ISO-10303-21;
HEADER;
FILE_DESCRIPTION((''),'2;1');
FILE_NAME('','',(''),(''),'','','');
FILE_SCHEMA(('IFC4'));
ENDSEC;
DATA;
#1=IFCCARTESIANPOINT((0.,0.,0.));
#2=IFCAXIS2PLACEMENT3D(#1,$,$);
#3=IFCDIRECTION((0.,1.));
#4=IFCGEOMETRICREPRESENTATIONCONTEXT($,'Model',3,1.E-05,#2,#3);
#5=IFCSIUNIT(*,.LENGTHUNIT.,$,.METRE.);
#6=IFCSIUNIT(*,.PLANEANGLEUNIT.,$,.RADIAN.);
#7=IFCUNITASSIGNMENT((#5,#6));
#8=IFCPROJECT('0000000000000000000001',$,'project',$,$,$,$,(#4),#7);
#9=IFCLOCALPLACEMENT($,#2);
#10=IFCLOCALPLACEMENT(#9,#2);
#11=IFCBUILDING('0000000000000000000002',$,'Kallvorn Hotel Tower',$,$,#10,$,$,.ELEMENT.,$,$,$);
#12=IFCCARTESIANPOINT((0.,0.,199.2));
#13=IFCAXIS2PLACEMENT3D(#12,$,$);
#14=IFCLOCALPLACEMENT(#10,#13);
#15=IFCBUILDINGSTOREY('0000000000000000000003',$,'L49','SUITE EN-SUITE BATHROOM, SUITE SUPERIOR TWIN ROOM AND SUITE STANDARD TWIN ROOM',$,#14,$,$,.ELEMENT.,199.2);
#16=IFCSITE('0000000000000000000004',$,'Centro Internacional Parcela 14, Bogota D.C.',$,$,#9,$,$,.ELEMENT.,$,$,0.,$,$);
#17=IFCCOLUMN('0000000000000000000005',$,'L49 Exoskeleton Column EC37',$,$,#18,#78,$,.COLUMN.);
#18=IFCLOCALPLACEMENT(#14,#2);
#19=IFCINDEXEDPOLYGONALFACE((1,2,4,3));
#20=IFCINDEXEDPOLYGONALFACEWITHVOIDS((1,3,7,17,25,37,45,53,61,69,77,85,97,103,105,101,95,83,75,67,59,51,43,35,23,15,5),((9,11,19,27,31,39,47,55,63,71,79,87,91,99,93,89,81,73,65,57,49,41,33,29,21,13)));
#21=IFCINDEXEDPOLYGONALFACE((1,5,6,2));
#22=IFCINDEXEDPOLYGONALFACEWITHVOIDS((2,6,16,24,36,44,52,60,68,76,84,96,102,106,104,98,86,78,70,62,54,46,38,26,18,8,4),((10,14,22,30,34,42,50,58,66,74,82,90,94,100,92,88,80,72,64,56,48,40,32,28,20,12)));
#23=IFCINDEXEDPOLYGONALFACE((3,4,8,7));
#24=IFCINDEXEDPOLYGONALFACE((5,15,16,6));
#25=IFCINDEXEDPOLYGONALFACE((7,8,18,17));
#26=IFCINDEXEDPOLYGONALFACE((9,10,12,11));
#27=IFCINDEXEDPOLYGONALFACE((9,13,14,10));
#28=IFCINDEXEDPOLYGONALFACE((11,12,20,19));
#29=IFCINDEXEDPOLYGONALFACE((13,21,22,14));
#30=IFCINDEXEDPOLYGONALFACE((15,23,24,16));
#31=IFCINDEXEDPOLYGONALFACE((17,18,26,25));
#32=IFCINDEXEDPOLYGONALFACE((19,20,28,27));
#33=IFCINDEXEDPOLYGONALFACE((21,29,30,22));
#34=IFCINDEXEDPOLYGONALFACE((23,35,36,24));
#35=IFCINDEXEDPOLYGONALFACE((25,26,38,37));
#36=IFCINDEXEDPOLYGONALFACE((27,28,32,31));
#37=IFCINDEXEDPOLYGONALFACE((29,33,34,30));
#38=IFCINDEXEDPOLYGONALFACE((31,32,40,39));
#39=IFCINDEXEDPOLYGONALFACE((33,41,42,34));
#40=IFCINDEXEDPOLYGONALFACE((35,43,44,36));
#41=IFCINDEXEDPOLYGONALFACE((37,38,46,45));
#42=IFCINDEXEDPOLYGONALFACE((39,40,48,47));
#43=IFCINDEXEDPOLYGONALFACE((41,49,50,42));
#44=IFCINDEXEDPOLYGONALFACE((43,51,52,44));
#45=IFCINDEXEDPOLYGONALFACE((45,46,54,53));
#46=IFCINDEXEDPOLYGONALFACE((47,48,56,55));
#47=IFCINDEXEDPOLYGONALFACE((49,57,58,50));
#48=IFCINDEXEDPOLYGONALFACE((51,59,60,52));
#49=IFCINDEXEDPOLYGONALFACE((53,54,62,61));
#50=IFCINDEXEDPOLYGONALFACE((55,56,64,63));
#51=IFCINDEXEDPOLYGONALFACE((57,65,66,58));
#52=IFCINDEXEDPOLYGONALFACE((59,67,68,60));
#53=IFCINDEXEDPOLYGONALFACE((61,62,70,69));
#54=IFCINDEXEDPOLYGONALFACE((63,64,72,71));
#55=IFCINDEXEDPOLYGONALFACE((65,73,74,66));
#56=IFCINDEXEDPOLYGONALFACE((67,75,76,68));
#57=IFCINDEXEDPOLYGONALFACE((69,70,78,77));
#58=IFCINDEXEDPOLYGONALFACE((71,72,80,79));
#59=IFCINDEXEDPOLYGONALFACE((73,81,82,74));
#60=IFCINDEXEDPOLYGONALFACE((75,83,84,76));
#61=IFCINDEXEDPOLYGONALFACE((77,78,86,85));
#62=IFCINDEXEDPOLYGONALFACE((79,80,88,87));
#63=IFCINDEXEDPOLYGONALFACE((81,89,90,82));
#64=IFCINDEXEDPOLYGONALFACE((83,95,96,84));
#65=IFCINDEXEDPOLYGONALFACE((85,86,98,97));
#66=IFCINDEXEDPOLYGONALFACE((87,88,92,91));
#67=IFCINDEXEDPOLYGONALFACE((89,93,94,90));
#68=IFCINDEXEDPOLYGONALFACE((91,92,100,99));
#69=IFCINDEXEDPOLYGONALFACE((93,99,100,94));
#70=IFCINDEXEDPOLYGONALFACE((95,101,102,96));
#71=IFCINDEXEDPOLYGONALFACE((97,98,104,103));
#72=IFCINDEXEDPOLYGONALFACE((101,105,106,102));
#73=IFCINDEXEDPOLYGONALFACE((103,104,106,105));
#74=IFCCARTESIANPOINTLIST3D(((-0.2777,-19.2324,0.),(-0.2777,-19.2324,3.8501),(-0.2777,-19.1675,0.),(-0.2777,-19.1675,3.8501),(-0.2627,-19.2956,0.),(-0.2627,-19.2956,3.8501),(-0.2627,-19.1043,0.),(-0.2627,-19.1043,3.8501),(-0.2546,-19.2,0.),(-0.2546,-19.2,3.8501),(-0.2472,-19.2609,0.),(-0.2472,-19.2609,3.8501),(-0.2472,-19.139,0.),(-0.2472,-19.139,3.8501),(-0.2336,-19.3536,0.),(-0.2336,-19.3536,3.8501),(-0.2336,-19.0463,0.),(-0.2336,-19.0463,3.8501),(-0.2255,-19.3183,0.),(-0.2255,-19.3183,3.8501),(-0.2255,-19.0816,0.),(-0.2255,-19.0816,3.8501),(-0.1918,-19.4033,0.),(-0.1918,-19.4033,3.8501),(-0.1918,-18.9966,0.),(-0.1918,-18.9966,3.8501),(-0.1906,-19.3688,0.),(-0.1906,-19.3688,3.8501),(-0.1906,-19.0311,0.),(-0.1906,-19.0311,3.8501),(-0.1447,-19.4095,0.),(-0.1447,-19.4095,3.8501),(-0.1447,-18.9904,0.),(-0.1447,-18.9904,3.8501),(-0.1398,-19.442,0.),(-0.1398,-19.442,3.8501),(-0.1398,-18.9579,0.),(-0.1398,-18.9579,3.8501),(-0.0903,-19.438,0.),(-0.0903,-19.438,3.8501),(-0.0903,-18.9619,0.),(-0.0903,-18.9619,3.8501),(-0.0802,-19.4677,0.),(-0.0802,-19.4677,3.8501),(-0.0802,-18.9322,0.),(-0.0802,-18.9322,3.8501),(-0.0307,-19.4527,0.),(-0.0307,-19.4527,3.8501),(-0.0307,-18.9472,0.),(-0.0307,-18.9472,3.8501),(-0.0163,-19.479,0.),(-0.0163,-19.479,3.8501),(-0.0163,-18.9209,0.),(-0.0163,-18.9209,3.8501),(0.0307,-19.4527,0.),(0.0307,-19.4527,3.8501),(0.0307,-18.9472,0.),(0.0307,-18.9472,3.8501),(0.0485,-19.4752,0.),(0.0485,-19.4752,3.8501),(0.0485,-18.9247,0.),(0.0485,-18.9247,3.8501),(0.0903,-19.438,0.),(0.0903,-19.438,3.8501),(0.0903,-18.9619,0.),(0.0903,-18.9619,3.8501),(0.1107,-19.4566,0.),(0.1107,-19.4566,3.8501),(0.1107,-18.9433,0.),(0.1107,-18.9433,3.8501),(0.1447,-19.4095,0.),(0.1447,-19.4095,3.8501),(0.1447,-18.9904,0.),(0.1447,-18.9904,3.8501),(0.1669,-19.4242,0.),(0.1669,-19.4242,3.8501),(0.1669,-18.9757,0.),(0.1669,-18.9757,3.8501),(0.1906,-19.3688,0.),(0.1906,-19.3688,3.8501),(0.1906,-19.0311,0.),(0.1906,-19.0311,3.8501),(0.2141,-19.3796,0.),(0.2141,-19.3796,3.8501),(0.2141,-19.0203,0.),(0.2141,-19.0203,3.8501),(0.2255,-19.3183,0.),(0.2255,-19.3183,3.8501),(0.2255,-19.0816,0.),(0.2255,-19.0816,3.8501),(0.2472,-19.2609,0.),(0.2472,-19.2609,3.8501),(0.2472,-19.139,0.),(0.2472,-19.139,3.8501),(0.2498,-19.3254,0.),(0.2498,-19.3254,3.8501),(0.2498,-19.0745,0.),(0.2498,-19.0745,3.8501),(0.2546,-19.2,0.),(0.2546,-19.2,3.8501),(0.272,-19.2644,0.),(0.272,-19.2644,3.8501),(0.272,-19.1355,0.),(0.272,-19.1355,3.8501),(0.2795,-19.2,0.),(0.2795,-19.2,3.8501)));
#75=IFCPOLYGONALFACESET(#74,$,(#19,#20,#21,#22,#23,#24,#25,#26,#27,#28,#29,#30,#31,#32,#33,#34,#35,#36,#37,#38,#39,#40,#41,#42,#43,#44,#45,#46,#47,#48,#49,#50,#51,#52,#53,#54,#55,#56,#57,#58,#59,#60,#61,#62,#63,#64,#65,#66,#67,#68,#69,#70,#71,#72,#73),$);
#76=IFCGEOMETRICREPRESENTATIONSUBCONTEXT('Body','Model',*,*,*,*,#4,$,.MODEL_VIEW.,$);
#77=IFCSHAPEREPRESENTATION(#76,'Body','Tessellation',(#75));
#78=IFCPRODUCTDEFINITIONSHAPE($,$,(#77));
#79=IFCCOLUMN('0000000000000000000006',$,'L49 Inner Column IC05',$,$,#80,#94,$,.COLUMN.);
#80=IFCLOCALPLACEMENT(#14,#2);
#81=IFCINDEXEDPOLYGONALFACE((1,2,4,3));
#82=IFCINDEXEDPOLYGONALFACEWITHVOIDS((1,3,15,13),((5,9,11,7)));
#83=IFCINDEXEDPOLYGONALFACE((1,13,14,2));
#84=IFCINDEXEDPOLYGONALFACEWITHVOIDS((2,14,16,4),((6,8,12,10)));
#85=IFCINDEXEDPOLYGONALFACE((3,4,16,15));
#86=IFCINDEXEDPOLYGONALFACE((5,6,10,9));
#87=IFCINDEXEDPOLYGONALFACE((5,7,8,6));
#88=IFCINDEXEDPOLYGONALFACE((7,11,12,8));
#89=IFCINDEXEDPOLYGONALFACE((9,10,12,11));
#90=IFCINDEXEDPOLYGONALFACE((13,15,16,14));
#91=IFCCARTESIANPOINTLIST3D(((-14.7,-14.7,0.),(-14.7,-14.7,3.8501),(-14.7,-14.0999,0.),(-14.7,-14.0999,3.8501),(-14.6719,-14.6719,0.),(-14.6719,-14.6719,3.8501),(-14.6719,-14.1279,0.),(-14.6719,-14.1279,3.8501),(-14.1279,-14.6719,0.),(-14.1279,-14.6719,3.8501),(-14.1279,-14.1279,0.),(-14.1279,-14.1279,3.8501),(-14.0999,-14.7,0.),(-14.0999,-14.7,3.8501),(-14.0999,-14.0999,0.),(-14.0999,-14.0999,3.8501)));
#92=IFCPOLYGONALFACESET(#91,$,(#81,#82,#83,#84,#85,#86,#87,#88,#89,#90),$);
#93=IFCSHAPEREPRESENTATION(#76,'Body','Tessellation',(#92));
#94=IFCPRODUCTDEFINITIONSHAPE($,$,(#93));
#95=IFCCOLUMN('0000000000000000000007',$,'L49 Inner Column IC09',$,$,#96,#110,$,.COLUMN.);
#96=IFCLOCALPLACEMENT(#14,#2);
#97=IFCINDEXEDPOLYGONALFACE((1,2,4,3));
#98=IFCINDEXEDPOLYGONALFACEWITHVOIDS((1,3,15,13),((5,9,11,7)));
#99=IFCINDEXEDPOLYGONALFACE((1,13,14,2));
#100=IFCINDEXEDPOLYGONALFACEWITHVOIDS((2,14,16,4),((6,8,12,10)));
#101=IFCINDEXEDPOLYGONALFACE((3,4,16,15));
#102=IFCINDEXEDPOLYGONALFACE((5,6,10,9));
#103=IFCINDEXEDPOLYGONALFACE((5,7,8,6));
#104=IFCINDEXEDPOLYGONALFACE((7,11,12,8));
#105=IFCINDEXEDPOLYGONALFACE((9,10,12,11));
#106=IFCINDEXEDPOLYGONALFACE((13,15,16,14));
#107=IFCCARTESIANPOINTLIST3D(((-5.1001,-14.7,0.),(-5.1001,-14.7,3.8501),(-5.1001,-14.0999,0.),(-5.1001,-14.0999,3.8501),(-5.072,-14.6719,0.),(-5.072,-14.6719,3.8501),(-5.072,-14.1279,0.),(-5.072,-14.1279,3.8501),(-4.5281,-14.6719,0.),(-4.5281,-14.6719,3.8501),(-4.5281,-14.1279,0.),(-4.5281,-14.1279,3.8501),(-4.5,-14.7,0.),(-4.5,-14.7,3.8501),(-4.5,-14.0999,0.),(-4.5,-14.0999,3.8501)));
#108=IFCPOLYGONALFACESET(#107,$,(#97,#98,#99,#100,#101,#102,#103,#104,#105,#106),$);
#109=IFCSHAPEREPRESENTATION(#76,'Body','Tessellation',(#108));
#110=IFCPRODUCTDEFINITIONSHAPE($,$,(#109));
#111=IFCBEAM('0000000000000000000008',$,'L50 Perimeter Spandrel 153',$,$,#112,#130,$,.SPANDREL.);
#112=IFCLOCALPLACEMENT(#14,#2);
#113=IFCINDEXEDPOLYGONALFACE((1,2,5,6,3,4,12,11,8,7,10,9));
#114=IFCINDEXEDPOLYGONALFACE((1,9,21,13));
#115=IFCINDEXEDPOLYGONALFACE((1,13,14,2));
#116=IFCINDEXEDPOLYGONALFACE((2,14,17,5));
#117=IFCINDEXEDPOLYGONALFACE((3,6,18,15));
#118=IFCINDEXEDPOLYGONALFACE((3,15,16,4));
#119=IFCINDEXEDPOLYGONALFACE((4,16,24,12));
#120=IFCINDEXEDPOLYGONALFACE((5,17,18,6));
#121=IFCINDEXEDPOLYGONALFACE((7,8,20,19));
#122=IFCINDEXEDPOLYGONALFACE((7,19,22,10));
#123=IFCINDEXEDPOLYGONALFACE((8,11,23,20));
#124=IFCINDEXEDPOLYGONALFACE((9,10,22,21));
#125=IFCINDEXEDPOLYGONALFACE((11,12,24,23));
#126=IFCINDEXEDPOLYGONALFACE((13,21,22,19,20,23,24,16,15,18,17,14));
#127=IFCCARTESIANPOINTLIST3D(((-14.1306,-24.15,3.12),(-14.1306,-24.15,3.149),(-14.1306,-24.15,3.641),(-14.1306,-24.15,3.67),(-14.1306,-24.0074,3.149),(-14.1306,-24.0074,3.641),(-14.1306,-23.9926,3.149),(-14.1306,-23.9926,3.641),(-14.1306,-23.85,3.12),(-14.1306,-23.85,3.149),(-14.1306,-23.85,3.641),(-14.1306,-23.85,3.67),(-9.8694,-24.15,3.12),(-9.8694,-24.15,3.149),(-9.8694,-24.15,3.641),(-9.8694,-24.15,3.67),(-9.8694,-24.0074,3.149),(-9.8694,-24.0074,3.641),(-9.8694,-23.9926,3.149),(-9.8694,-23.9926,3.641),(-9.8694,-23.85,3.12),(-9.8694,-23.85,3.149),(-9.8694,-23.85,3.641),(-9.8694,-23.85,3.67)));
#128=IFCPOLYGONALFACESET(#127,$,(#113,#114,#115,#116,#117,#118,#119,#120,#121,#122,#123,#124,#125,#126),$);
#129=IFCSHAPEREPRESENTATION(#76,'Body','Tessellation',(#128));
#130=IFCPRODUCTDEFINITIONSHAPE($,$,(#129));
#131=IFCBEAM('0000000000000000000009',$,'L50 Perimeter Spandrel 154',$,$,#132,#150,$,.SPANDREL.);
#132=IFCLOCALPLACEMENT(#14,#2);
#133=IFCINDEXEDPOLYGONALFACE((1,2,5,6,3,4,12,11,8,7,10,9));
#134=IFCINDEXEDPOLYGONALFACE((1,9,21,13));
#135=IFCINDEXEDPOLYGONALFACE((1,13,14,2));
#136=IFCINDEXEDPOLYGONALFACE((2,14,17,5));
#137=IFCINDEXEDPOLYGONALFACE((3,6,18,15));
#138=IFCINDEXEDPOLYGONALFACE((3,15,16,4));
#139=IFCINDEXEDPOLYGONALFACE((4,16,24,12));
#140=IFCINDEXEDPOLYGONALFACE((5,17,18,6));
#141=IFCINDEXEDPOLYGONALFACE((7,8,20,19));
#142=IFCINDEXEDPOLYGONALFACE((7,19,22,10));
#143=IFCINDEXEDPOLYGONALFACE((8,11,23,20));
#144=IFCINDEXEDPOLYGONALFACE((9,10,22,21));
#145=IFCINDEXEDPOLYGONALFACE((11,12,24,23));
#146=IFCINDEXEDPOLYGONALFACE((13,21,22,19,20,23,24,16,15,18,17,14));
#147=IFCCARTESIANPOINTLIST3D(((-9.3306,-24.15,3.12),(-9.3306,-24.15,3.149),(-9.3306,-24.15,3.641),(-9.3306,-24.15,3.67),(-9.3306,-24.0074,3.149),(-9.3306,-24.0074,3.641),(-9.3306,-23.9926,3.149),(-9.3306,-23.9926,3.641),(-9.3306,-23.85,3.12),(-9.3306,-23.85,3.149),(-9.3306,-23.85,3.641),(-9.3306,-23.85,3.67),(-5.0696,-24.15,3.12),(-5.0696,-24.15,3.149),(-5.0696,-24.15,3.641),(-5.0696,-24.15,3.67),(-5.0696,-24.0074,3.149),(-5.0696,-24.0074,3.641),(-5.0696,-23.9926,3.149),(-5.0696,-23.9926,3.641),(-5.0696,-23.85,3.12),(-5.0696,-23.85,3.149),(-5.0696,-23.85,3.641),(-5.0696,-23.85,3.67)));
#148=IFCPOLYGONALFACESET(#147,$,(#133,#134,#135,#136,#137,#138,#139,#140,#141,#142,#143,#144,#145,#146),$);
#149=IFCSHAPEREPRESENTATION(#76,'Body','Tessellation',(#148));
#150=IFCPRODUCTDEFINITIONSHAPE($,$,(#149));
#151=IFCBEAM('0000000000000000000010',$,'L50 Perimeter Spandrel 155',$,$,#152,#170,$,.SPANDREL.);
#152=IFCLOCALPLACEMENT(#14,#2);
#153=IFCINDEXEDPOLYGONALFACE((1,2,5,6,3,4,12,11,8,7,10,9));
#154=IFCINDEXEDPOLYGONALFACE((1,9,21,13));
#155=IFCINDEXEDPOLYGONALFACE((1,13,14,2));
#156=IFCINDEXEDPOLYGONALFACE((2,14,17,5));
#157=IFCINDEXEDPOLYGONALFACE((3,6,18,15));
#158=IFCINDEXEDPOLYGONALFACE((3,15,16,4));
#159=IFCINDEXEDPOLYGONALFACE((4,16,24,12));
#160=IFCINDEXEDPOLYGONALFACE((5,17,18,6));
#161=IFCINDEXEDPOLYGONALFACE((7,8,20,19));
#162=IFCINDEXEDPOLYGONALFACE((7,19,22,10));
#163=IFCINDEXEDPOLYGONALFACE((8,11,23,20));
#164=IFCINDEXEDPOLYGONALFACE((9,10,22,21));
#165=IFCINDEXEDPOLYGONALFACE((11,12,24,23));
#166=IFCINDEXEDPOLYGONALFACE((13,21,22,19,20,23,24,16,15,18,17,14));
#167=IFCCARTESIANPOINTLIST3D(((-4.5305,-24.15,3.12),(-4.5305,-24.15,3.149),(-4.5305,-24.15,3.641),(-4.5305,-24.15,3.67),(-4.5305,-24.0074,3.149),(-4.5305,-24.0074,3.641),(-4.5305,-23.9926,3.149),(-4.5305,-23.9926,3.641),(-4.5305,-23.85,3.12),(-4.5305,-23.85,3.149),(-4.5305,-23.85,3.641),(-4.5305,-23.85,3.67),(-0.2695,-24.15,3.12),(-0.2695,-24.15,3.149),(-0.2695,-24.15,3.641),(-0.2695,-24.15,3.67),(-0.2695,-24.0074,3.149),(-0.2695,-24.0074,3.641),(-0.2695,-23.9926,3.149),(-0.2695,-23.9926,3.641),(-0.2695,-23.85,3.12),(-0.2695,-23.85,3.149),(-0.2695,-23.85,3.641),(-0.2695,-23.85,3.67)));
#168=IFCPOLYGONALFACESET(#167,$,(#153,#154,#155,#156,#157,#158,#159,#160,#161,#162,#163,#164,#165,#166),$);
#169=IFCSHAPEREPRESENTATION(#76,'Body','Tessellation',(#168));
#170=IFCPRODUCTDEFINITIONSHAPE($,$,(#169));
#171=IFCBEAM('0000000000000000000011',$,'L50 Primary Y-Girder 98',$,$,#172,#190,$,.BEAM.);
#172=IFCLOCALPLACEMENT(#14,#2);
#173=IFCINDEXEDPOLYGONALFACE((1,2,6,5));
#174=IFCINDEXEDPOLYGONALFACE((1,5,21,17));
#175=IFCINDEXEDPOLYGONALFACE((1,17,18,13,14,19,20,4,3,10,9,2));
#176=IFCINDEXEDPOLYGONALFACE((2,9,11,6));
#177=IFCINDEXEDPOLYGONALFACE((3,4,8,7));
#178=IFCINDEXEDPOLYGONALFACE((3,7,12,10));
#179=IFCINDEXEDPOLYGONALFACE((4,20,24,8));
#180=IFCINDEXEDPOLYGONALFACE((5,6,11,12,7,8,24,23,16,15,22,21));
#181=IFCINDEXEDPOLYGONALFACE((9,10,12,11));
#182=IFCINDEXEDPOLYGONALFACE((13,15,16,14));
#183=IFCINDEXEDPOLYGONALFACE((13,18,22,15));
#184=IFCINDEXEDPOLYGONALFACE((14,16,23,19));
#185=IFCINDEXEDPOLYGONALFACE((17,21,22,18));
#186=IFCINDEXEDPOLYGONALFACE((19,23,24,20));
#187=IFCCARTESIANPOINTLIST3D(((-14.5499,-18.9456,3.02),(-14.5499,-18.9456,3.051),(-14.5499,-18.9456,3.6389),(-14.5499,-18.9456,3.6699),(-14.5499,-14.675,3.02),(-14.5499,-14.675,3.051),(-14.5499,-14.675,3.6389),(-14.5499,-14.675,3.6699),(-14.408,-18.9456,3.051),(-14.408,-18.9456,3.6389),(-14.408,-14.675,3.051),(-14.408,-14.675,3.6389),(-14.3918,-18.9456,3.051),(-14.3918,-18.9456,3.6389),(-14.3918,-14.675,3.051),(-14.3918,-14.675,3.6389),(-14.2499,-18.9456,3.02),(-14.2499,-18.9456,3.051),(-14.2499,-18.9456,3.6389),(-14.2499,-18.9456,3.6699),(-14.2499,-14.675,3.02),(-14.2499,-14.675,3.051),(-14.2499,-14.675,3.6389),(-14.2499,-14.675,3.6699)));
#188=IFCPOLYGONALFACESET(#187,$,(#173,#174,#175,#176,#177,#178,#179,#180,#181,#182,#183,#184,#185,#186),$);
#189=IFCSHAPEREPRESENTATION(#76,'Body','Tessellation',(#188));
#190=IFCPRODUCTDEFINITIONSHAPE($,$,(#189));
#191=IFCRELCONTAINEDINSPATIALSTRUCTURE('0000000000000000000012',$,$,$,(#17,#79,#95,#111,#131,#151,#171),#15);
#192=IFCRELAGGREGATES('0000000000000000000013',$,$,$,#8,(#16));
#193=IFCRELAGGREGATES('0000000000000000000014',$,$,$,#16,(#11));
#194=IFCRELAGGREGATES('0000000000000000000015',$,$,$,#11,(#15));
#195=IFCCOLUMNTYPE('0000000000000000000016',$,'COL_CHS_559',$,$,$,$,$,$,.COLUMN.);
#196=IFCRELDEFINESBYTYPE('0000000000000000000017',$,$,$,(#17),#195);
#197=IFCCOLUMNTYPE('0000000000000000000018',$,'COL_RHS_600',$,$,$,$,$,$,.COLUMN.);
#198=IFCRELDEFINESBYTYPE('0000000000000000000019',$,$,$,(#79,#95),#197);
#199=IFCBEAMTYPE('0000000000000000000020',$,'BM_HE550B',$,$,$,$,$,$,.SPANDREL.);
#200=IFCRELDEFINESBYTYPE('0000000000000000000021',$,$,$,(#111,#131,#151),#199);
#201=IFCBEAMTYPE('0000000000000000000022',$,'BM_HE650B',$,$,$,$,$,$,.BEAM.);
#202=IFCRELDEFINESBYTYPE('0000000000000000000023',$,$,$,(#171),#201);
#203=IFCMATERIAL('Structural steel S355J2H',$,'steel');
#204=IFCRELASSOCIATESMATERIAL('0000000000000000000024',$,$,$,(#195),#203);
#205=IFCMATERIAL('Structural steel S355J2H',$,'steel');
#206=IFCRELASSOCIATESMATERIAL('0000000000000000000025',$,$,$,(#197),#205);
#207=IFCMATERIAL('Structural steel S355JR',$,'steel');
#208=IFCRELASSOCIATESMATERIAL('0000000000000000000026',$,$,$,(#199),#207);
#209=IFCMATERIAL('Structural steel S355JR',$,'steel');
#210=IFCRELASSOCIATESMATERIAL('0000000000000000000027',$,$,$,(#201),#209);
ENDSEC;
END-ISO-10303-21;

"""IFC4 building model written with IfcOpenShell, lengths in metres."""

from ifc_helpers import new_model, si_unit, direction, frame, origin, origin_2d, place, context, subcontext, project, spatial, hollow_rectangle, hollow_circle, i_section, extrude, material, material_profile, profile_set, type_object, element, save


model = new_model("IFC4")

# Units and contexts
model_context = context("Model", 3, precision=1e-05, world=origin(), true_north=direction((0.0, 1.0)))
body_context = subcontext(model_context, "Body", "Model", "MODEL_VIEW")
ifc_project = project(units=[si_unit("LENGTHUNIT", "METRE"), si_unit("PLANEANGLEUNIT", "RADIAN")], contexts=[model_context])

# Site, building, storey
site_placement = place(None, origin())
site = spatial("IfcSite", under=ifc_project, at=site_placement, Name="Centro Internacional Parcela 14, Bogota D.C.", CompositionType="ELEMENT", RefElevation=0.0)
building_placement = place(site_placement, origin())
building = spatial("IfcBuilding", under=site, at=building_placement, Name="Kallvorn Hotel Tower", CompositionType="ELEMENT")
storey_placement = place(building_placement, frame((0.0, 0.0, 199.2)))
storey = spatial("IfcBuildingStorey", under=building, at=storey_placement, Name="L49", Description="SUITE EN-SUITE BATHROOM, SUITE SUPERIOR TWIN ROOM AND SUITE STANDARD TWIN ROOM", CompositionType="ELEMENT", Elevation=199.2)

# Columns
ifc_material_1 = material(Name="Structural steel S355J2H", Category="steel")
ifc_material_profile_1 = material_profile(ifc_material_1, hollow_circle(Radius=0.2795, WallThickness=0.0249, at=origin_2d()), Name="CHS 559x25")
ifc_profile_set_1 = profile_set([ifc_material_profile_1], Name="Structural steel S355J2H")
column_type_1 = type_object("IfcColumnType", Name="COL_CHS_559", PredefinedType="COLUMN", material=ifc_profile_set_1)
for number, where, z_axis, x_axis, name in (
    (1, (0.0, -19.2, 0.0), (0.0, 0.0, 1.0), (1.0, 0.0, 0.0), "L49 Exoskeleton Column EC37"),
):
    element("IfcColumn", number, at=place(storey_placement, frame(where, z_axis=z_axis, x_axis=x_axis)), inside=storey, type_object=column_type_1, Name=name, PredefinedType="COLUMN", context=body_context, shape_type="SweptSolid", body=[
        extrude(hollow_circle(Radius=0.2795, WallThickness=0.0249, at=origin_2d()), origin(), (0.0, 0.0, 1.0), 3.8501),
    ])
ifc_material_2 = material(Name="Structural steel S355J2H", Category="steel")
ifc_material_profile_2 = material_profile(ifc_material_2, hollow_rectangle(XDim=0.6001, YDim=0.6001, WallThickness=0.0281, at=origin_2d()), Name="RHS 600x600x28")
ifc_profile_set_2 = profile_set([ifc_material_profile_2], Name="Structural steel S355J2H")
column_type_2 = type_object("IfcColumnType", Name="COL_RHS_600", PredefinedType="COLUMN", material=ifc_profile_set_2)
for number, where, z_axis, x_axis, name in (
    (2, (-14.3999, -14.3999, 0.0), (0.0, 0.0, 1.0), (1.0, 0.0, 0.0), "L49 Inner Column IC05"),
    (3, (-4.8, -14.3999, 0.0), (0.0, 0.0, 1.0), (1.0, 0.0, 0.0), "L49 Inner Column IC09"),
):
    element("IfcColumn", number, at=place(storey_placement, frame(where, z_axis=z_axis, x_axis=x_axis)), inside=storey, type_object=column_type_2, Name=name, PredefinedType="COLUMN", context=body_context, shape_type="SweptSolid", body=[
        extrude(hollow_rectangle(XDim=0.6001, YDim=0.6001, WallThickness=0.0281, at=origin_2d()), origin(), (0.0, 0.0, 1.0), 3.8501),
    ])

# Beams
ifc_material_3 = material(Name="Structural steel S355JR", Category="steel")
ifc_material_profile_3 = material_profile(ifc_material_3, i_section(OverallWidth=0.3, OverallDepth=0.55, WebThickness=0.0149, FlangeThickness=0.0291, at=origin_2d()), Name="HE 550 B")
ifc_profile_set_3 = profile_set([ifc_material_profile_3], Name="Structural steel S355JR")
beam_type_1 = type_object("IfcBeamType", Name="BM_HE550B", PredefinedType="SPANDREL", material=ifc_profile_set_3)
beam_1_placement = place(storey_placement, frame((-14.1306, -24.0, 3.395), z_axis=(1.0, 0.0, 0.0), x_axis=(0.0, 1.0, 0.0)))
element("IfcBeam", 4, at=beam_1_placement, inside=storey, type_object=beam_type_1, Name="L50 Perimeter Spandrel 153", PredefinedType="SPANDREL", context=body_context, shape_type="SweptSolid", body=[
    extrude(i_section(OverallWidth=0.3, OverallDepth=0.55, WebThickness=0.0149, FlangeThickness=0.0291, at=origin_2d()), origin(), (0.0, 0.0, 1.0), 4.2612),
])
for number, where, z_axis, x_axis, name in (
    (5, (-9.3306, -24.0, 3.395), (1.0, 0.0, 0.0), (0.0, 1.0, 0.0), "L50 Perimeter Spandrel 154"),
    (6, (-4.5305, -24.0, 3.395), (1.0, 0.0, 0.0), (0.0, 1.0, 0.0), "L50 Perimeter Spandrel 155"),
):
    element("IfcBeam", number, at=place(storey_placement, frame(where, z_axis=z_axis, x_axis=x_axis)), inside=storey, type_object=beam_type_1, Name=name, PredefinedType="SPANDREL", context=body_context, shape_type="SweptSolid", body=[
        extrude(i_section(OverallWidth=0.3, OverallDepth=0.55, WebThickness=0.0149, FlangeThickness=0.0291, at=origin_2d()), origin(), (0.0, 0.0, 1.0), 4.261),
    ])
ifc_material_4 = material(Name="Structural steel S355JR", Category="steel")
ifc_material_profile_4 = material_profile(ifc_material_4, i_section(OverallWidth=0.3, OverallDepth=0.6499, WebThickness=0.0161, FlangeThickness=0.031, at=origin_2d()), Name="HE 650 B")
ifc_profile_set_4 = profile_set([ifc_material_profile_4], Name="Structural steel S355JR")
beam_type_2 = type_object("IfcBeamType", Name="BM_HE650B", PredefinedType="BEAM", material=ifc_profile_set_4)
beam_2_placement = place(storey_placement, frame((-14.3999, -18.9456, 3.345), z_axis=(0.0, 1.0, 0.0), x_axis=(-1.0, 0.0, 0.0)))
element("IfcBeam", 7, at=beam_2_placement, inside=storey, type_object=beam_type_2, Name="L50 Primary Y-Girder 98", PredefinedType="BEAM", context=body_context, shape_type="SweptSolid", body=[
    extrude(i_section(OverallWidth=0.3, OverallDepth=0.6499, WebThickness=0.0161, FlangeThickness=0.031, at=origin_2d()), origin(), (0.0, 0.0, 1.0), 4.2705),
])

save(model, "model.ifc")
